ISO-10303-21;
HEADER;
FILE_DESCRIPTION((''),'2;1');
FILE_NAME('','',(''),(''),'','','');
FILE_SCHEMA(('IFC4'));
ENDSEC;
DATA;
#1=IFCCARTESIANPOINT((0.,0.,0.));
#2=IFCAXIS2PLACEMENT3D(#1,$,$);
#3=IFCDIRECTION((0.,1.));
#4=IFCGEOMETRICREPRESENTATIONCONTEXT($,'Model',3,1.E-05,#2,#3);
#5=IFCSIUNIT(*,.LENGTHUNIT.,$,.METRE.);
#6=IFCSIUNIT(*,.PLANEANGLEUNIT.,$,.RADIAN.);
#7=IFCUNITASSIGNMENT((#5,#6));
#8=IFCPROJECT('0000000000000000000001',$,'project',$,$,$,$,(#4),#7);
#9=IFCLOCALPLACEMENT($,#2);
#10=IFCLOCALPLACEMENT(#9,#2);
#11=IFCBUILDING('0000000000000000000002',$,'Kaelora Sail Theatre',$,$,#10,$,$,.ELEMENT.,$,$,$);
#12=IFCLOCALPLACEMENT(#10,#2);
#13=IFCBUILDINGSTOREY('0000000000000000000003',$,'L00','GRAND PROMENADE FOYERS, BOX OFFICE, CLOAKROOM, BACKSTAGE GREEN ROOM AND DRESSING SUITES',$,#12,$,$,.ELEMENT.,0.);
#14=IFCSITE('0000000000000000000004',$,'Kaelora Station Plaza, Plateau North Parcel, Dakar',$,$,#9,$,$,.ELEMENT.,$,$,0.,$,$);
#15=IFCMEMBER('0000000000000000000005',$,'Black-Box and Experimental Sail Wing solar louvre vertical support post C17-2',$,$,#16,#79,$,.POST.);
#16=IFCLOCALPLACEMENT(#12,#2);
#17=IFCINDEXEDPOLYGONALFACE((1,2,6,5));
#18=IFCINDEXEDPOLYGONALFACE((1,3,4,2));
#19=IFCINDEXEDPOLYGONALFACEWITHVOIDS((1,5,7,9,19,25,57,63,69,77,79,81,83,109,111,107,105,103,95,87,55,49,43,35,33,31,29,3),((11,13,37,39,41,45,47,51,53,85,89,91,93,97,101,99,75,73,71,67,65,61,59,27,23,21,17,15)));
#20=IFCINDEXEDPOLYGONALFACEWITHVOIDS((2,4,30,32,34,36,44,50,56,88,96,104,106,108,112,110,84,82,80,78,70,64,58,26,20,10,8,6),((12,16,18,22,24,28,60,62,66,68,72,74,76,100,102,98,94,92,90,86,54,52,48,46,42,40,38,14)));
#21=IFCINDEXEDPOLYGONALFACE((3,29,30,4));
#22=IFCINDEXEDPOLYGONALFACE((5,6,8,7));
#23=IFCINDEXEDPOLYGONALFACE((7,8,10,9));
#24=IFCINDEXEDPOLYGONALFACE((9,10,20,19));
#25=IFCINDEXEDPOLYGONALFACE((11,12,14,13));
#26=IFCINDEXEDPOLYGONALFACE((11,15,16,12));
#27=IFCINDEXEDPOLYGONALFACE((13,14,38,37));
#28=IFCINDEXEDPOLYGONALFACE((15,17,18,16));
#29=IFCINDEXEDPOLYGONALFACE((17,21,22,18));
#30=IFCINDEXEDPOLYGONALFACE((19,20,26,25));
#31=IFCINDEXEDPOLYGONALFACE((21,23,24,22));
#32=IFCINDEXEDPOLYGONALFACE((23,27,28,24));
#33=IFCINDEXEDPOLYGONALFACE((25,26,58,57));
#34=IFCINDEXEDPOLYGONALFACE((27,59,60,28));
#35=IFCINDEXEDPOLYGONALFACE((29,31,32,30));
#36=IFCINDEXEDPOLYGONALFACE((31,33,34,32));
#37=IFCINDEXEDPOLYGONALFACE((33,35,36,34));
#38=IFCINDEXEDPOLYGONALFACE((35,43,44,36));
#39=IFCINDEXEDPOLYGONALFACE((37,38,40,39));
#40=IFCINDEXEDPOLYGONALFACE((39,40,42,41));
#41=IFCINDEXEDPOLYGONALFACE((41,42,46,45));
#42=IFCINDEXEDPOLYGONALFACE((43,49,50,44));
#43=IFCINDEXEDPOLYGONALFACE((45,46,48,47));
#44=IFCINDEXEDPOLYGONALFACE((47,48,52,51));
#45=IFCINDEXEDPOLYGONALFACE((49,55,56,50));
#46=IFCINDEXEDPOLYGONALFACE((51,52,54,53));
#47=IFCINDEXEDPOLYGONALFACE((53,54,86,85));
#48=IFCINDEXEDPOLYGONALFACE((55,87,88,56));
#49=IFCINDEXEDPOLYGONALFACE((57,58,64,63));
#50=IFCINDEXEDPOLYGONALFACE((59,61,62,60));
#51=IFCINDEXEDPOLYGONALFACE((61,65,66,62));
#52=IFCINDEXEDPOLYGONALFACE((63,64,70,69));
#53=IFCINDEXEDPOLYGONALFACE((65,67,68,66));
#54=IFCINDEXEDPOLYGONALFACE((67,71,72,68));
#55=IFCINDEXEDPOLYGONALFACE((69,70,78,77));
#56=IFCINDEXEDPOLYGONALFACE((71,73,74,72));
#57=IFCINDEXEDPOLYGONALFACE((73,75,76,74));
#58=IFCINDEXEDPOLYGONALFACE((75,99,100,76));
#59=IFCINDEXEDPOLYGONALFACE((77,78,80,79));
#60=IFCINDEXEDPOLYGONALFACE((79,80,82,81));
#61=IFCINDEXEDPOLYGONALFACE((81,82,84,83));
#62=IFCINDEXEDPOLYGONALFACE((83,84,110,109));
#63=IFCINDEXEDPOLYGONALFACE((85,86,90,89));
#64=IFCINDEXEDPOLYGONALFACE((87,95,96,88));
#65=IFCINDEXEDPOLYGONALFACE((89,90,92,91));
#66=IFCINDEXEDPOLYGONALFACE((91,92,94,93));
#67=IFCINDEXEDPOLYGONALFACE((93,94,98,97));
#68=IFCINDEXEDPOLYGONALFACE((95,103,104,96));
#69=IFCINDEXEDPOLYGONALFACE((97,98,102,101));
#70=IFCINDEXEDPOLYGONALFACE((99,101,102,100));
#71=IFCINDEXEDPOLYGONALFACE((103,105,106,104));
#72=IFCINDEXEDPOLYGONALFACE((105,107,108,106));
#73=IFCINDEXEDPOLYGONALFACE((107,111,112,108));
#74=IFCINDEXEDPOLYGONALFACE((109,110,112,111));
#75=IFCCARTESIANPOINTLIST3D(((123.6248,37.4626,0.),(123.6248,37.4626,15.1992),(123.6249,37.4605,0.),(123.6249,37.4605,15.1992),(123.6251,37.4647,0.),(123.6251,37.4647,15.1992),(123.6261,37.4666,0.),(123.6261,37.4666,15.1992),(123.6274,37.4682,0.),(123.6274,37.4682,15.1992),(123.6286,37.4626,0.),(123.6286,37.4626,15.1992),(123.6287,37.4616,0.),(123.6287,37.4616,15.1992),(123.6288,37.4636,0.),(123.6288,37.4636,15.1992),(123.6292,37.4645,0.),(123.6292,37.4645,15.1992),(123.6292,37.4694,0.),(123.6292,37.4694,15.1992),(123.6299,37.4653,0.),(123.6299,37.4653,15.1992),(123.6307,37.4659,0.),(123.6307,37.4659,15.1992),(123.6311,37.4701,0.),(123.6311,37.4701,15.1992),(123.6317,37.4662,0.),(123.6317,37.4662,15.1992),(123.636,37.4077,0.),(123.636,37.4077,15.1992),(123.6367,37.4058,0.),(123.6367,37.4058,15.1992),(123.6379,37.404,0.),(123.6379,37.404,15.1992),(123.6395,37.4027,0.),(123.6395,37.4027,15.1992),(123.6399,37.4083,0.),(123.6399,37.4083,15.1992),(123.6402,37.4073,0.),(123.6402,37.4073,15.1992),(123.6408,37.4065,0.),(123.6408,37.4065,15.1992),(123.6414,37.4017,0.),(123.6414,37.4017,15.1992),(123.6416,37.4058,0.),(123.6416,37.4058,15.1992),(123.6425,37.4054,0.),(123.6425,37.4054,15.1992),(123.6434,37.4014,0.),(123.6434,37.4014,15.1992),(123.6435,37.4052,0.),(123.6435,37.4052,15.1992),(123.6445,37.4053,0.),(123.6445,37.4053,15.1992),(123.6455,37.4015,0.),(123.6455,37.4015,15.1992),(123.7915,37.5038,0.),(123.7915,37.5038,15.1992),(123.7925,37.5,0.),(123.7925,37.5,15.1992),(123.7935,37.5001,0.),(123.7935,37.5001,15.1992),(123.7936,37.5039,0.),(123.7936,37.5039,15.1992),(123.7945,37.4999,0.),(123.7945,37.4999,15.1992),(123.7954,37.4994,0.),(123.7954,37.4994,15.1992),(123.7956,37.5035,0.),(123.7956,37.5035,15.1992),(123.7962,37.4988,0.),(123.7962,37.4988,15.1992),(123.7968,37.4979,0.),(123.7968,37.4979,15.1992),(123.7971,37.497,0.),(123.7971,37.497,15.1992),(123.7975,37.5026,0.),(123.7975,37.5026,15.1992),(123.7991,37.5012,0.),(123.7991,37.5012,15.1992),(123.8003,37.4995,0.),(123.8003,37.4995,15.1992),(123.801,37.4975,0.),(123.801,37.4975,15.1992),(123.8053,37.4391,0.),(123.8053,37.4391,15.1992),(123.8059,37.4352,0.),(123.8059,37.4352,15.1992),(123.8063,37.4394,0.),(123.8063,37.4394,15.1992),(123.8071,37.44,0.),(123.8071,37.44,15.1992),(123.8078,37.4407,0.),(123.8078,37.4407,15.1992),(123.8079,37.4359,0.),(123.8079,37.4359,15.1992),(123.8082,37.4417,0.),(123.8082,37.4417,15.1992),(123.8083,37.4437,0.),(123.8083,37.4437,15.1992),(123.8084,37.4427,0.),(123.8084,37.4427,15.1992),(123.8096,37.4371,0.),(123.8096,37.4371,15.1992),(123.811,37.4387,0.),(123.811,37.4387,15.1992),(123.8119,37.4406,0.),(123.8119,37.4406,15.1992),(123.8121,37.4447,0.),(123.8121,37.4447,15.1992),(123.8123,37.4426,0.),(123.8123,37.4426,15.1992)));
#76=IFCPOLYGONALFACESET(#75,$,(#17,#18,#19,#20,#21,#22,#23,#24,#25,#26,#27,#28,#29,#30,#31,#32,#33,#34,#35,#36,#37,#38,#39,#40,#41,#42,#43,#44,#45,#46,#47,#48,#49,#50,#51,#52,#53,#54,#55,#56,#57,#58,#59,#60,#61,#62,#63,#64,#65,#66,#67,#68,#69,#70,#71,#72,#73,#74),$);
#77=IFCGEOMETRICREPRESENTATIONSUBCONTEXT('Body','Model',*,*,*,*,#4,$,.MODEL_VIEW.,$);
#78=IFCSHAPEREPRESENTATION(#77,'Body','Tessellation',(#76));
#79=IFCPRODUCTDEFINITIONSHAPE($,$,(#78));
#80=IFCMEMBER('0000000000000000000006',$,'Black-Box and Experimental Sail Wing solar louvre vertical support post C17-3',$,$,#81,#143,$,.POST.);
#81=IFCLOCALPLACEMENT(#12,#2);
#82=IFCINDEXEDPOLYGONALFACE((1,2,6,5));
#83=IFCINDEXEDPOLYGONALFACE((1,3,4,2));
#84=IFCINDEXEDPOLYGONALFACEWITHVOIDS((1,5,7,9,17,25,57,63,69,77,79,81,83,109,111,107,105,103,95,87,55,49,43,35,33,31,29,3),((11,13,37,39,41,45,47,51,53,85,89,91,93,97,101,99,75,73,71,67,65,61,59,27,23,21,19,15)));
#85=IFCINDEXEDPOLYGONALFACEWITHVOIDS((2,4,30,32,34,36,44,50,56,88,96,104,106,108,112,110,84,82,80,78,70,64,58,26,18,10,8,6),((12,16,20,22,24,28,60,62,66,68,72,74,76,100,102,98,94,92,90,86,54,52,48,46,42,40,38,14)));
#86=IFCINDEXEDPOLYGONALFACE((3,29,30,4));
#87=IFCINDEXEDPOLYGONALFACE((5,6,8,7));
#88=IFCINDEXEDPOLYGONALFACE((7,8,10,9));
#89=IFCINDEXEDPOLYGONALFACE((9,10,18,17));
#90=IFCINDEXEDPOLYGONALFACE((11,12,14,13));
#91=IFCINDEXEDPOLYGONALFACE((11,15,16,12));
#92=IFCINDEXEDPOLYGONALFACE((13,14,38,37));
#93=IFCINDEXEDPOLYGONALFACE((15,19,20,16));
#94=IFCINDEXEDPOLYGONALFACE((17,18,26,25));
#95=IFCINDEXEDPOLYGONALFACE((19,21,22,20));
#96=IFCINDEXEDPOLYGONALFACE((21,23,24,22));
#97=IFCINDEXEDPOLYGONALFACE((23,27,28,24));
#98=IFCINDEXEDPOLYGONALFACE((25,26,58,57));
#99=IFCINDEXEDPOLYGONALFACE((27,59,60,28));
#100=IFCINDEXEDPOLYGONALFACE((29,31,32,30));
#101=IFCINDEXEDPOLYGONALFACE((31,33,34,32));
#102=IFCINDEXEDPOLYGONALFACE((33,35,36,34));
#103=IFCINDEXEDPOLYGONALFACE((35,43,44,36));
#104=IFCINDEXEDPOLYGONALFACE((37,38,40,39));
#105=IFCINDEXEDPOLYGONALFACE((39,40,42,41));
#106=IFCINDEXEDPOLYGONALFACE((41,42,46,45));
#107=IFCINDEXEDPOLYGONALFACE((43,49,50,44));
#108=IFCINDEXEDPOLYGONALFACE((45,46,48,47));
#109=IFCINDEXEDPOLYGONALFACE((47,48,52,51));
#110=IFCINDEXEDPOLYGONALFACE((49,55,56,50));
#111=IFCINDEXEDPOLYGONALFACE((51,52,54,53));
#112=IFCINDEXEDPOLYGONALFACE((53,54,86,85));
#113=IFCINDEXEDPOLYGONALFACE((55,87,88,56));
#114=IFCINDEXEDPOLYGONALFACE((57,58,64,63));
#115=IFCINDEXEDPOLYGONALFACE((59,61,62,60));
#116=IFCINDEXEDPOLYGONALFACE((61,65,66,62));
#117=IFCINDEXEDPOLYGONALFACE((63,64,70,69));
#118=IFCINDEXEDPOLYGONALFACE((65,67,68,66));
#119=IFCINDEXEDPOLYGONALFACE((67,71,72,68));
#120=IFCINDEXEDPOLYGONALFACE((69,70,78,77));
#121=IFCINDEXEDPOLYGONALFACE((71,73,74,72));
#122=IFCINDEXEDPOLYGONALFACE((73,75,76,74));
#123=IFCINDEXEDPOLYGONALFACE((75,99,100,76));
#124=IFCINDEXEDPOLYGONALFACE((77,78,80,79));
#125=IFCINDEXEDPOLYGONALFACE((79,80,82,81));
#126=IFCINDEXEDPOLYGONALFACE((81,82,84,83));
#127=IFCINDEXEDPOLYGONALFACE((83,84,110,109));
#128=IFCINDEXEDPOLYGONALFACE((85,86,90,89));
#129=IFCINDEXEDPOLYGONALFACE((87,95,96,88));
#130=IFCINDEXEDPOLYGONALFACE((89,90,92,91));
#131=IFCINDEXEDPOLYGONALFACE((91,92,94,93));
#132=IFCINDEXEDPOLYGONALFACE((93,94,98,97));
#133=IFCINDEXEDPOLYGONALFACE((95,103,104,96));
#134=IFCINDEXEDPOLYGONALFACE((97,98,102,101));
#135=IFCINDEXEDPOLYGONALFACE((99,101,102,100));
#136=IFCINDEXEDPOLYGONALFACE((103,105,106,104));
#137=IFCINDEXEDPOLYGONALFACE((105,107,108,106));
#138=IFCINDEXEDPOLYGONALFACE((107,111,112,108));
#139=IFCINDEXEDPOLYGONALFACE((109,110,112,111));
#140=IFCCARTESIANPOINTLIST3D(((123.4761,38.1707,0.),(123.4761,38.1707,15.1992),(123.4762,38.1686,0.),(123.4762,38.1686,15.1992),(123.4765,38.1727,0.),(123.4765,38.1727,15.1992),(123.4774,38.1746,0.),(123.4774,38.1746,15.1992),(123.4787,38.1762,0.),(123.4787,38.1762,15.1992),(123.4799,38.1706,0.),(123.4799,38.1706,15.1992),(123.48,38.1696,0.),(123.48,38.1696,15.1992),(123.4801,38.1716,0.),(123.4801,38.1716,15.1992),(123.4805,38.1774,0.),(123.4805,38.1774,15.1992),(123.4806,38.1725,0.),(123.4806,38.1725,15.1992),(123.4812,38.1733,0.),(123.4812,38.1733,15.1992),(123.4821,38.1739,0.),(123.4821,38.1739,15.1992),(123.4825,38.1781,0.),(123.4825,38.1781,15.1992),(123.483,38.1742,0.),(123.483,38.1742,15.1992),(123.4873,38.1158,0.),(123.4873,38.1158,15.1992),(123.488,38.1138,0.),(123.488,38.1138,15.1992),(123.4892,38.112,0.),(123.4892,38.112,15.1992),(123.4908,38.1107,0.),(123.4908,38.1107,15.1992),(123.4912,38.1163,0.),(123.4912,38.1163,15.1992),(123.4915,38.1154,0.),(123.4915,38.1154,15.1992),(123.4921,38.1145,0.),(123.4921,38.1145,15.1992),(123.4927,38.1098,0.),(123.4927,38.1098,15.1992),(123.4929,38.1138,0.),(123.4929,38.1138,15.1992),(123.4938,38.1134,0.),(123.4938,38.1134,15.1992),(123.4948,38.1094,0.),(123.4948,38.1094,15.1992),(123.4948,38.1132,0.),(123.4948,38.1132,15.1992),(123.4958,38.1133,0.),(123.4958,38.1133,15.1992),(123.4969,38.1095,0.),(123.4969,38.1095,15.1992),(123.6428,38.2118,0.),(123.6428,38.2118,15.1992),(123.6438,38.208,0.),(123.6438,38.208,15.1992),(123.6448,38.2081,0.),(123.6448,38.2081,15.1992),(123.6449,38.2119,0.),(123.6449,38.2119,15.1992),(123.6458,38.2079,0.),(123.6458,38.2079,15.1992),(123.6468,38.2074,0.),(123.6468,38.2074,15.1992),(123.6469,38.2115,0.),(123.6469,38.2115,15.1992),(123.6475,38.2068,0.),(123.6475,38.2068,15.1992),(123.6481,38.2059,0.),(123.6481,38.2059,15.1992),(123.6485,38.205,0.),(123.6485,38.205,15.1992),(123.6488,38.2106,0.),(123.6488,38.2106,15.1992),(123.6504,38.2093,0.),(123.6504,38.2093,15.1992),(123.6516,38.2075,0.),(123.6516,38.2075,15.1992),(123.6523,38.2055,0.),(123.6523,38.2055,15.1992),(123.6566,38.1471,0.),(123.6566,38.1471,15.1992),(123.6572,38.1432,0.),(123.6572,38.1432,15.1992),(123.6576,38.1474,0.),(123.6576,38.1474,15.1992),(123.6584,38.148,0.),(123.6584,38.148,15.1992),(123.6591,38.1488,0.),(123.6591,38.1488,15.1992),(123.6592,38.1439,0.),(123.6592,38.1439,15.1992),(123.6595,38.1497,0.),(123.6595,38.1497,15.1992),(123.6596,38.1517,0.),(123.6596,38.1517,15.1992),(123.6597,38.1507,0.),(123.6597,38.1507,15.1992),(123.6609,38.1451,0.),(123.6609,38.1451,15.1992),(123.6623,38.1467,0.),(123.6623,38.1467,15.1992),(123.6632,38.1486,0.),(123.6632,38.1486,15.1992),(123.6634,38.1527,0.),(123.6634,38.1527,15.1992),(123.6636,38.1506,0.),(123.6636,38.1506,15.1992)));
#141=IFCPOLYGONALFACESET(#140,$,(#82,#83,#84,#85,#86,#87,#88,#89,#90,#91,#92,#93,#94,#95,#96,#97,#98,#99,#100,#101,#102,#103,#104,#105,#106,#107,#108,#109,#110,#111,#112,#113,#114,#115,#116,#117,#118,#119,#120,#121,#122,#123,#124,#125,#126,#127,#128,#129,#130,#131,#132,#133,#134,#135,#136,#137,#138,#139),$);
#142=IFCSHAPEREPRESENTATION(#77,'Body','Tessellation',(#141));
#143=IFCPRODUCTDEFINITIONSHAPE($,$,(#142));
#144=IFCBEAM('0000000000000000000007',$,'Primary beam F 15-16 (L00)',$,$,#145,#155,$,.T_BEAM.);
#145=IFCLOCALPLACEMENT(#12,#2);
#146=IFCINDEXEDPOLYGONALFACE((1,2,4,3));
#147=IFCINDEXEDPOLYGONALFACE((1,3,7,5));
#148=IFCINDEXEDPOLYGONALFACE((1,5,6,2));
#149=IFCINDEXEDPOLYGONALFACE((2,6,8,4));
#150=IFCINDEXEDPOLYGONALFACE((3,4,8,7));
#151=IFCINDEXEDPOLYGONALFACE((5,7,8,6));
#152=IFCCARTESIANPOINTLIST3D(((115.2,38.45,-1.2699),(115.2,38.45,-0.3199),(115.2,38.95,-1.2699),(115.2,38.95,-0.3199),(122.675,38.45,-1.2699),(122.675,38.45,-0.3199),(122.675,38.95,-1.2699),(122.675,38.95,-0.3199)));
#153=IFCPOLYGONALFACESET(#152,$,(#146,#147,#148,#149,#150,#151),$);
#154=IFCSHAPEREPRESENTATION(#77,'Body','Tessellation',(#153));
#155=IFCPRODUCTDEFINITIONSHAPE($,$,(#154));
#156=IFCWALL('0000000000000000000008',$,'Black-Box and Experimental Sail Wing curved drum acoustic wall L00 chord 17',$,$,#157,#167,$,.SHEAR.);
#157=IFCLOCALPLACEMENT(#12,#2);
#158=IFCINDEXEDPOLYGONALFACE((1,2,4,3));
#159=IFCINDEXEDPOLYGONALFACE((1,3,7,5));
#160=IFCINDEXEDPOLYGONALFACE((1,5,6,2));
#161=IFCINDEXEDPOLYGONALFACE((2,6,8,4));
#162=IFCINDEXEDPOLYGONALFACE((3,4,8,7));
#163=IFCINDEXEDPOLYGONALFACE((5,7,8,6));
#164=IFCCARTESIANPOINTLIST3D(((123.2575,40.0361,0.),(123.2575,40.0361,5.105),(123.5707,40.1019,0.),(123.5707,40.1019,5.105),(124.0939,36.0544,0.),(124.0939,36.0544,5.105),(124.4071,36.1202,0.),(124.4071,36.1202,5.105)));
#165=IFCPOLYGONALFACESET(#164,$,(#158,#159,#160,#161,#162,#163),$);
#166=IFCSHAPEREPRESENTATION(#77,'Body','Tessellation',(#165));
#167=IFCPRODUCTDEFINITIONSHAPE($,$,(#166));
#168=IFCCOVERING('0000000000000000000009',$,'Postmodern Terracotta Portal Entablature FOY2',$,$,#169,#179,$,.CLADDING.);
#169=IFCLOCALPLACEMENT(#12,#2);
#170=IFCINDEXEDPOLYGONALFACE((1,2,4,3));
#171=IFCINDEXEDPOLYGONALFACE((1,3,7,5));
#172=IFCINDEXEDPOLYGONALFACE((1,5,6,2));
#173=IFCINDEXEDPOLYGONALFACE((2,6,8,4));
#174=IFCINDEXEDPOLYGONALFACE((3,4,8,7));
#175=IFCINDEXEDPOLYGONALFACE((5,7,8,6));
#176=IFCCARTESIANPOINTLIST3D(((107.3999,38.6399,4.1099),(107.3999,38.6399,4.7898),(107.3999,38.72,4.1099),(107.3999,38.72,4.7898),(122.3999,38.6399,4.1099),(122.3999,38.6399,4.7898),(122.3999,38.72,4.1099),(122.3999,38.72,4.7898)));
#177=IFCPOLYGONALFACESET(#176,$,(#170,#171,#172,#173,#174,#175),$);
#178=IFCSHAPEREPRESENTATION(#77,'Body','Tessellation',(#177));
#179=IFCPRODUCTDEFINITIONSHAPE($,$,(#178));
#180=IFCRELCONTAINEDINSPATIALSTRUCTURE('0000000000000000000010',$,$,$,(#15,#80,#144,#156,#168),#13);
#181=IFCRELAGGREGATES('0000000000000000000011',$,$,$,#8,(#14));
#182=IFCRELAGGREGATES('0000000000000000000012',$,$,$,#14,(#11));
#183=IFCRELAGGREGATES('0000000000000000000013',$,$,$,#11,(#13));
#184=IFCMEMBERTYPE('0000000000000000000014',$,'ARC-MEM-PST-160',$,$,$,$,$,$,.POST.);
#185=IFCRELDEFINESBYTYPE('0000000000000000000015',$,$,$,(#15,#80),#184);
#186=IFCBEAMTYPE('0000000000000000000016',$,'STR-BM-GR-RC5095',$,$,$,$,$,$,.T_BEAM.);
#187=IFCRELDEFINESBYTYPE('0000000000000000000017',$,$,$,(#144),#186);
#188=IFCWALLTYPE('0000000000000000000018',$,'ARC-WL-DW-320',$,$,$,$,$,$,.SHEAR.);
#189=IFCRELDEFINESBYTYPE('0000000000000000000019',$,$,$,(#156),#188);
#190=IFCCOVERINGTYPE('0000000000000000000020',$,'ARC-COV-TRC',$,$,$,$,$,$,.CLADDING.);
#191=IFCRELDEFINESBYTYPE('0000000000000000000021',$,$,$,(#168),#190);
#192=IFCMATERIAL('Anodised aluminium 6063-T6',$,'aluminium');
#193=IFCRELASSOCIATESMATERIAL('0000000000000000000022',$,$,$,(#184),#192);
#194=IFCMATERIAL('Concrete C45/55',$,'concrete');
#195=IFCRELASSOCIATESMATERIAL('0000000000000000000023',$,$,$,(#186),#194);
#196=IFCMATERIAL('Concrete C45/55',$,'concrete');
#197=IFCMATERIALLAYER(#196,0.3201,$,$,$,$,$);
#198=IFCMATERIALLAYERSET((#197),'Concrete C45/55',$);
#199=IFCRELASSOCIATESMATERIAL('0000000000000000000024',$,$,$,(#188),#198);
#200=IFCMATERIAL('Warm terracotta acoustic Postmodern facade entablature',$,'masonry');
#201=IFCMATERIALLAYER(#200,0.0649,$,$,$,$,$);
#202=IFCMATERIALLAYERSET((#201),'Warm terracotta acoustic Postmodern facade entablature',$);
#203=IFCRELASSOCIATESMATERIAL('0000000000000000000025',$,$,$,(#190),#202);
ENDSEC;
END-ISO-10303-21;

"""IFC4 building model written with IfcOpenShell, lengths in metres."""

from ifc_helpers import new_model, si_unit, direction, frame, frame_2d, origin, origin_2d, place, context, subcontext, project, spatial, rectangle, hollow_rectangle, extrude, material, layer, layer_set, material_profile, profile_set, type_object, element, save


model = new_model("IFC4")

# Units and contexts
model_context = context("Model", 3, precision=1e-05, world=origin(), true_north=direction((0.0, 1.0)))
body_context = subcontext(model_context, "Body", "Model", "MODEL_VIEW")
ifc_project = project(units=[si_unit("LENGTHUNIT", "METRE"), si_unit("PLANEANGLEUNIT", "RADIAN")], contexts=[model_context])

# Site, building, storey
site_placement = place(None, origin())
site = spatial("IfcSite", under=ifc_project, at=site_placement, Name="Kaelora Station Plaza, Plateau North Parcel, Dakar", CompositionType="ELEMENT", RefElevation=0.0)
building_placement = place(site_placement, origin())
building = spatial("IfcBuilding", under=site, at=building_placement, Name="Kaelora Sail Theatre", CompositionType="ELEMENT")
storey_placement = place(building_placement, origin())
storey = spatial("IfcBuildingStorey", under=building, at=storey_placement, Name="L00", Description="GRAND PROMENADE FOYERS, BOX OFFICE, CLOAKROOM, BACKSTAGE GREEN ROOM AND DRESSING SUITES", CompositionType="ELEMENT", Elevation=0.0)

# Members
ifc_material_1 = material(Name="Anodised aluminium 6063-T6", Category="aluminium")
ifc_material_profile_1 = material_profile(ifc_material_1, hollow_rectangle(XDim=0.0701, YDim=0.1799, WallThickness=0.0039, InnerFilletRadius=0.0039, OuterFilletRadius=0.0081, at=origin_2d()), Name="ALU-MULL 70x180x4")
ifc_profile_set_1 = profile_set([ifc_material_profile_1], Name="Anodised aluminium 6063-T6")
member_type_1 = type_object("IfcMemberType", Name="ARC-MEM-PST-160", PredefinedType="POST", material=ifc_profile_set_1)
for number, where, z_axis, x_axis, name in (
    (1, (123.7185, 37.4526, 0.0), (0.0, 0.0, 1.0), (-0.205521, 0.978653, 0.0), "Black-Box and Experimental Sail Wing solar louvre vertical support post C17-2"),
    (2, (123.5698, 38.1606, 0.0), (0.0, 0.0, 1.0), (-0.205521, 0.978653, 0.0), "Black-Box and Experimental Sail Wing solar louvre vertical support post C17-3"),
):
    element("IfcMember", number, at=place(storey_placement, frame(where, z_axis=z_axis, x_axis=x_axis)), inside=storey, type_object=member_type_1, Name=name, PredefinedType="POST", context=body_context, shape_type="SweptSolid", body=[
        extrude(hollow_rectangle(XDim=0.0701, YDim=0.1799, WallThickness=0.0039, InnerFilletRadius=0.0039, OuterFilletRadius=0.0081, at=origin_2d()), origin(), (0.0, 0.0, 1.0), 15.1992),
    ])

# Beam
ifc_material_2 = material(Name="Concrete C45/55", Category="concrete")
ifc_material_profile_2 = material_profile(ifc_material_2, rectangle(XDim=0.5, YDim=0.95, at=origin_2d()), Name="RC-GRD 500x950")
ifc_profile_set_2 = profile_set([ifc_material_profile_2], Name="Concrete C45/55")
beam_type = type_object("IfcBeamType", Name="STR-BM-GR-RC5095", PredefinedType="T_BEAM", material=ifc_profile_set_2)
beam_placement = place(storey_placement, frame((115.2, 38.7, -0.7949), z_axis=(1.0, 0.0, 0.0), x_axis=(0.0, 1.0, 0.0)))
element("IfcBeam", 3, at=beam_placement, inside=storey, type_object=beam_type, Name="Primary beam F 15-16 (L00)", PredefinedType="T_BEAM", context=body_context, shape_type="SweptSolid", body=[
    extrude(rectangle(XDim=0.5, YDim=0.95, at=origin_2d()), origin(), (0.0, 0.0, 1.0), 7.4751),
])

# Wall
ifc_material_3 = material(Name="Concrete C45/55", Category="concrete")
ifc_layer_1 = layer(ifc_material_3, 0.3201)
ifc_layer_set_1 = layer_set([ifc_layer_1], Name="Concrete C45/55")
wall_type = type_object("IfcWallType", Name="ARC-WL-DW-320", PredefinedType="SHEAR", material=ifc_layer_set_1)
wall_placement = place(storey_placement, frame((124.2505, 36.0874, 0.0), z_axis=(0.0, 0.0, 1.0), x_axis=(-0.205581, 0.97864, 0.0)))
element("IfcWall", 4, at=wall_placement, inside=storey, type_object=wall_type, Name="Black-Box and Experimental Sail Wing curved drum acoustic wall L00 chord 17", PredefinedType="SHEAR", context=body_context, shape_type="SweptSolid", body=[
    extrude(rectangle(XDim=4.0686, YDim=0.3201, at=frame_2d((2.0342, 0.0))), origin(), (0.0, 0.0, 1.0), 5.105),
])

# Covering
ifc_material_4 = material(Name="Warm terracotta acoustic Postmodern facade entablature", Category="masonry")
ifc_layer_2 = layer(ifc_material_4, 0.0649)
ifc_layer_set_2 = layer_set([ifc_layer_2], Name="Warm terracotta acoustic Postmodern facade entablature")
covering_type = type_object("IfcCoveringType", Name="ARC-COV-TRC", PredefinedType="CLADDING", material=ifc_layer_set_2)
covering_placement = place(storey_placement, frame((114.8999, 38.6799, 4.1099), z_axis=(0.0, 0.0, 1.0), x_axis=(1.0, 0.0, 0.0)))
element("IfcCovering", 5, at=covering_placement, inside=storey, type_object=covering_type, Name="Postmodern Terracotta Portal Entablature FOY2", PredefinedType="CLADDING", context=body_context, shape_type="SweptSolid", body=[
    extrude(rectangle(XDim=15.0, YDim=0.0801, at=origin_2d()), origin(), (0.0, 0.0, 1.0), 0.6799),
])

save(model, "model.ifc")
